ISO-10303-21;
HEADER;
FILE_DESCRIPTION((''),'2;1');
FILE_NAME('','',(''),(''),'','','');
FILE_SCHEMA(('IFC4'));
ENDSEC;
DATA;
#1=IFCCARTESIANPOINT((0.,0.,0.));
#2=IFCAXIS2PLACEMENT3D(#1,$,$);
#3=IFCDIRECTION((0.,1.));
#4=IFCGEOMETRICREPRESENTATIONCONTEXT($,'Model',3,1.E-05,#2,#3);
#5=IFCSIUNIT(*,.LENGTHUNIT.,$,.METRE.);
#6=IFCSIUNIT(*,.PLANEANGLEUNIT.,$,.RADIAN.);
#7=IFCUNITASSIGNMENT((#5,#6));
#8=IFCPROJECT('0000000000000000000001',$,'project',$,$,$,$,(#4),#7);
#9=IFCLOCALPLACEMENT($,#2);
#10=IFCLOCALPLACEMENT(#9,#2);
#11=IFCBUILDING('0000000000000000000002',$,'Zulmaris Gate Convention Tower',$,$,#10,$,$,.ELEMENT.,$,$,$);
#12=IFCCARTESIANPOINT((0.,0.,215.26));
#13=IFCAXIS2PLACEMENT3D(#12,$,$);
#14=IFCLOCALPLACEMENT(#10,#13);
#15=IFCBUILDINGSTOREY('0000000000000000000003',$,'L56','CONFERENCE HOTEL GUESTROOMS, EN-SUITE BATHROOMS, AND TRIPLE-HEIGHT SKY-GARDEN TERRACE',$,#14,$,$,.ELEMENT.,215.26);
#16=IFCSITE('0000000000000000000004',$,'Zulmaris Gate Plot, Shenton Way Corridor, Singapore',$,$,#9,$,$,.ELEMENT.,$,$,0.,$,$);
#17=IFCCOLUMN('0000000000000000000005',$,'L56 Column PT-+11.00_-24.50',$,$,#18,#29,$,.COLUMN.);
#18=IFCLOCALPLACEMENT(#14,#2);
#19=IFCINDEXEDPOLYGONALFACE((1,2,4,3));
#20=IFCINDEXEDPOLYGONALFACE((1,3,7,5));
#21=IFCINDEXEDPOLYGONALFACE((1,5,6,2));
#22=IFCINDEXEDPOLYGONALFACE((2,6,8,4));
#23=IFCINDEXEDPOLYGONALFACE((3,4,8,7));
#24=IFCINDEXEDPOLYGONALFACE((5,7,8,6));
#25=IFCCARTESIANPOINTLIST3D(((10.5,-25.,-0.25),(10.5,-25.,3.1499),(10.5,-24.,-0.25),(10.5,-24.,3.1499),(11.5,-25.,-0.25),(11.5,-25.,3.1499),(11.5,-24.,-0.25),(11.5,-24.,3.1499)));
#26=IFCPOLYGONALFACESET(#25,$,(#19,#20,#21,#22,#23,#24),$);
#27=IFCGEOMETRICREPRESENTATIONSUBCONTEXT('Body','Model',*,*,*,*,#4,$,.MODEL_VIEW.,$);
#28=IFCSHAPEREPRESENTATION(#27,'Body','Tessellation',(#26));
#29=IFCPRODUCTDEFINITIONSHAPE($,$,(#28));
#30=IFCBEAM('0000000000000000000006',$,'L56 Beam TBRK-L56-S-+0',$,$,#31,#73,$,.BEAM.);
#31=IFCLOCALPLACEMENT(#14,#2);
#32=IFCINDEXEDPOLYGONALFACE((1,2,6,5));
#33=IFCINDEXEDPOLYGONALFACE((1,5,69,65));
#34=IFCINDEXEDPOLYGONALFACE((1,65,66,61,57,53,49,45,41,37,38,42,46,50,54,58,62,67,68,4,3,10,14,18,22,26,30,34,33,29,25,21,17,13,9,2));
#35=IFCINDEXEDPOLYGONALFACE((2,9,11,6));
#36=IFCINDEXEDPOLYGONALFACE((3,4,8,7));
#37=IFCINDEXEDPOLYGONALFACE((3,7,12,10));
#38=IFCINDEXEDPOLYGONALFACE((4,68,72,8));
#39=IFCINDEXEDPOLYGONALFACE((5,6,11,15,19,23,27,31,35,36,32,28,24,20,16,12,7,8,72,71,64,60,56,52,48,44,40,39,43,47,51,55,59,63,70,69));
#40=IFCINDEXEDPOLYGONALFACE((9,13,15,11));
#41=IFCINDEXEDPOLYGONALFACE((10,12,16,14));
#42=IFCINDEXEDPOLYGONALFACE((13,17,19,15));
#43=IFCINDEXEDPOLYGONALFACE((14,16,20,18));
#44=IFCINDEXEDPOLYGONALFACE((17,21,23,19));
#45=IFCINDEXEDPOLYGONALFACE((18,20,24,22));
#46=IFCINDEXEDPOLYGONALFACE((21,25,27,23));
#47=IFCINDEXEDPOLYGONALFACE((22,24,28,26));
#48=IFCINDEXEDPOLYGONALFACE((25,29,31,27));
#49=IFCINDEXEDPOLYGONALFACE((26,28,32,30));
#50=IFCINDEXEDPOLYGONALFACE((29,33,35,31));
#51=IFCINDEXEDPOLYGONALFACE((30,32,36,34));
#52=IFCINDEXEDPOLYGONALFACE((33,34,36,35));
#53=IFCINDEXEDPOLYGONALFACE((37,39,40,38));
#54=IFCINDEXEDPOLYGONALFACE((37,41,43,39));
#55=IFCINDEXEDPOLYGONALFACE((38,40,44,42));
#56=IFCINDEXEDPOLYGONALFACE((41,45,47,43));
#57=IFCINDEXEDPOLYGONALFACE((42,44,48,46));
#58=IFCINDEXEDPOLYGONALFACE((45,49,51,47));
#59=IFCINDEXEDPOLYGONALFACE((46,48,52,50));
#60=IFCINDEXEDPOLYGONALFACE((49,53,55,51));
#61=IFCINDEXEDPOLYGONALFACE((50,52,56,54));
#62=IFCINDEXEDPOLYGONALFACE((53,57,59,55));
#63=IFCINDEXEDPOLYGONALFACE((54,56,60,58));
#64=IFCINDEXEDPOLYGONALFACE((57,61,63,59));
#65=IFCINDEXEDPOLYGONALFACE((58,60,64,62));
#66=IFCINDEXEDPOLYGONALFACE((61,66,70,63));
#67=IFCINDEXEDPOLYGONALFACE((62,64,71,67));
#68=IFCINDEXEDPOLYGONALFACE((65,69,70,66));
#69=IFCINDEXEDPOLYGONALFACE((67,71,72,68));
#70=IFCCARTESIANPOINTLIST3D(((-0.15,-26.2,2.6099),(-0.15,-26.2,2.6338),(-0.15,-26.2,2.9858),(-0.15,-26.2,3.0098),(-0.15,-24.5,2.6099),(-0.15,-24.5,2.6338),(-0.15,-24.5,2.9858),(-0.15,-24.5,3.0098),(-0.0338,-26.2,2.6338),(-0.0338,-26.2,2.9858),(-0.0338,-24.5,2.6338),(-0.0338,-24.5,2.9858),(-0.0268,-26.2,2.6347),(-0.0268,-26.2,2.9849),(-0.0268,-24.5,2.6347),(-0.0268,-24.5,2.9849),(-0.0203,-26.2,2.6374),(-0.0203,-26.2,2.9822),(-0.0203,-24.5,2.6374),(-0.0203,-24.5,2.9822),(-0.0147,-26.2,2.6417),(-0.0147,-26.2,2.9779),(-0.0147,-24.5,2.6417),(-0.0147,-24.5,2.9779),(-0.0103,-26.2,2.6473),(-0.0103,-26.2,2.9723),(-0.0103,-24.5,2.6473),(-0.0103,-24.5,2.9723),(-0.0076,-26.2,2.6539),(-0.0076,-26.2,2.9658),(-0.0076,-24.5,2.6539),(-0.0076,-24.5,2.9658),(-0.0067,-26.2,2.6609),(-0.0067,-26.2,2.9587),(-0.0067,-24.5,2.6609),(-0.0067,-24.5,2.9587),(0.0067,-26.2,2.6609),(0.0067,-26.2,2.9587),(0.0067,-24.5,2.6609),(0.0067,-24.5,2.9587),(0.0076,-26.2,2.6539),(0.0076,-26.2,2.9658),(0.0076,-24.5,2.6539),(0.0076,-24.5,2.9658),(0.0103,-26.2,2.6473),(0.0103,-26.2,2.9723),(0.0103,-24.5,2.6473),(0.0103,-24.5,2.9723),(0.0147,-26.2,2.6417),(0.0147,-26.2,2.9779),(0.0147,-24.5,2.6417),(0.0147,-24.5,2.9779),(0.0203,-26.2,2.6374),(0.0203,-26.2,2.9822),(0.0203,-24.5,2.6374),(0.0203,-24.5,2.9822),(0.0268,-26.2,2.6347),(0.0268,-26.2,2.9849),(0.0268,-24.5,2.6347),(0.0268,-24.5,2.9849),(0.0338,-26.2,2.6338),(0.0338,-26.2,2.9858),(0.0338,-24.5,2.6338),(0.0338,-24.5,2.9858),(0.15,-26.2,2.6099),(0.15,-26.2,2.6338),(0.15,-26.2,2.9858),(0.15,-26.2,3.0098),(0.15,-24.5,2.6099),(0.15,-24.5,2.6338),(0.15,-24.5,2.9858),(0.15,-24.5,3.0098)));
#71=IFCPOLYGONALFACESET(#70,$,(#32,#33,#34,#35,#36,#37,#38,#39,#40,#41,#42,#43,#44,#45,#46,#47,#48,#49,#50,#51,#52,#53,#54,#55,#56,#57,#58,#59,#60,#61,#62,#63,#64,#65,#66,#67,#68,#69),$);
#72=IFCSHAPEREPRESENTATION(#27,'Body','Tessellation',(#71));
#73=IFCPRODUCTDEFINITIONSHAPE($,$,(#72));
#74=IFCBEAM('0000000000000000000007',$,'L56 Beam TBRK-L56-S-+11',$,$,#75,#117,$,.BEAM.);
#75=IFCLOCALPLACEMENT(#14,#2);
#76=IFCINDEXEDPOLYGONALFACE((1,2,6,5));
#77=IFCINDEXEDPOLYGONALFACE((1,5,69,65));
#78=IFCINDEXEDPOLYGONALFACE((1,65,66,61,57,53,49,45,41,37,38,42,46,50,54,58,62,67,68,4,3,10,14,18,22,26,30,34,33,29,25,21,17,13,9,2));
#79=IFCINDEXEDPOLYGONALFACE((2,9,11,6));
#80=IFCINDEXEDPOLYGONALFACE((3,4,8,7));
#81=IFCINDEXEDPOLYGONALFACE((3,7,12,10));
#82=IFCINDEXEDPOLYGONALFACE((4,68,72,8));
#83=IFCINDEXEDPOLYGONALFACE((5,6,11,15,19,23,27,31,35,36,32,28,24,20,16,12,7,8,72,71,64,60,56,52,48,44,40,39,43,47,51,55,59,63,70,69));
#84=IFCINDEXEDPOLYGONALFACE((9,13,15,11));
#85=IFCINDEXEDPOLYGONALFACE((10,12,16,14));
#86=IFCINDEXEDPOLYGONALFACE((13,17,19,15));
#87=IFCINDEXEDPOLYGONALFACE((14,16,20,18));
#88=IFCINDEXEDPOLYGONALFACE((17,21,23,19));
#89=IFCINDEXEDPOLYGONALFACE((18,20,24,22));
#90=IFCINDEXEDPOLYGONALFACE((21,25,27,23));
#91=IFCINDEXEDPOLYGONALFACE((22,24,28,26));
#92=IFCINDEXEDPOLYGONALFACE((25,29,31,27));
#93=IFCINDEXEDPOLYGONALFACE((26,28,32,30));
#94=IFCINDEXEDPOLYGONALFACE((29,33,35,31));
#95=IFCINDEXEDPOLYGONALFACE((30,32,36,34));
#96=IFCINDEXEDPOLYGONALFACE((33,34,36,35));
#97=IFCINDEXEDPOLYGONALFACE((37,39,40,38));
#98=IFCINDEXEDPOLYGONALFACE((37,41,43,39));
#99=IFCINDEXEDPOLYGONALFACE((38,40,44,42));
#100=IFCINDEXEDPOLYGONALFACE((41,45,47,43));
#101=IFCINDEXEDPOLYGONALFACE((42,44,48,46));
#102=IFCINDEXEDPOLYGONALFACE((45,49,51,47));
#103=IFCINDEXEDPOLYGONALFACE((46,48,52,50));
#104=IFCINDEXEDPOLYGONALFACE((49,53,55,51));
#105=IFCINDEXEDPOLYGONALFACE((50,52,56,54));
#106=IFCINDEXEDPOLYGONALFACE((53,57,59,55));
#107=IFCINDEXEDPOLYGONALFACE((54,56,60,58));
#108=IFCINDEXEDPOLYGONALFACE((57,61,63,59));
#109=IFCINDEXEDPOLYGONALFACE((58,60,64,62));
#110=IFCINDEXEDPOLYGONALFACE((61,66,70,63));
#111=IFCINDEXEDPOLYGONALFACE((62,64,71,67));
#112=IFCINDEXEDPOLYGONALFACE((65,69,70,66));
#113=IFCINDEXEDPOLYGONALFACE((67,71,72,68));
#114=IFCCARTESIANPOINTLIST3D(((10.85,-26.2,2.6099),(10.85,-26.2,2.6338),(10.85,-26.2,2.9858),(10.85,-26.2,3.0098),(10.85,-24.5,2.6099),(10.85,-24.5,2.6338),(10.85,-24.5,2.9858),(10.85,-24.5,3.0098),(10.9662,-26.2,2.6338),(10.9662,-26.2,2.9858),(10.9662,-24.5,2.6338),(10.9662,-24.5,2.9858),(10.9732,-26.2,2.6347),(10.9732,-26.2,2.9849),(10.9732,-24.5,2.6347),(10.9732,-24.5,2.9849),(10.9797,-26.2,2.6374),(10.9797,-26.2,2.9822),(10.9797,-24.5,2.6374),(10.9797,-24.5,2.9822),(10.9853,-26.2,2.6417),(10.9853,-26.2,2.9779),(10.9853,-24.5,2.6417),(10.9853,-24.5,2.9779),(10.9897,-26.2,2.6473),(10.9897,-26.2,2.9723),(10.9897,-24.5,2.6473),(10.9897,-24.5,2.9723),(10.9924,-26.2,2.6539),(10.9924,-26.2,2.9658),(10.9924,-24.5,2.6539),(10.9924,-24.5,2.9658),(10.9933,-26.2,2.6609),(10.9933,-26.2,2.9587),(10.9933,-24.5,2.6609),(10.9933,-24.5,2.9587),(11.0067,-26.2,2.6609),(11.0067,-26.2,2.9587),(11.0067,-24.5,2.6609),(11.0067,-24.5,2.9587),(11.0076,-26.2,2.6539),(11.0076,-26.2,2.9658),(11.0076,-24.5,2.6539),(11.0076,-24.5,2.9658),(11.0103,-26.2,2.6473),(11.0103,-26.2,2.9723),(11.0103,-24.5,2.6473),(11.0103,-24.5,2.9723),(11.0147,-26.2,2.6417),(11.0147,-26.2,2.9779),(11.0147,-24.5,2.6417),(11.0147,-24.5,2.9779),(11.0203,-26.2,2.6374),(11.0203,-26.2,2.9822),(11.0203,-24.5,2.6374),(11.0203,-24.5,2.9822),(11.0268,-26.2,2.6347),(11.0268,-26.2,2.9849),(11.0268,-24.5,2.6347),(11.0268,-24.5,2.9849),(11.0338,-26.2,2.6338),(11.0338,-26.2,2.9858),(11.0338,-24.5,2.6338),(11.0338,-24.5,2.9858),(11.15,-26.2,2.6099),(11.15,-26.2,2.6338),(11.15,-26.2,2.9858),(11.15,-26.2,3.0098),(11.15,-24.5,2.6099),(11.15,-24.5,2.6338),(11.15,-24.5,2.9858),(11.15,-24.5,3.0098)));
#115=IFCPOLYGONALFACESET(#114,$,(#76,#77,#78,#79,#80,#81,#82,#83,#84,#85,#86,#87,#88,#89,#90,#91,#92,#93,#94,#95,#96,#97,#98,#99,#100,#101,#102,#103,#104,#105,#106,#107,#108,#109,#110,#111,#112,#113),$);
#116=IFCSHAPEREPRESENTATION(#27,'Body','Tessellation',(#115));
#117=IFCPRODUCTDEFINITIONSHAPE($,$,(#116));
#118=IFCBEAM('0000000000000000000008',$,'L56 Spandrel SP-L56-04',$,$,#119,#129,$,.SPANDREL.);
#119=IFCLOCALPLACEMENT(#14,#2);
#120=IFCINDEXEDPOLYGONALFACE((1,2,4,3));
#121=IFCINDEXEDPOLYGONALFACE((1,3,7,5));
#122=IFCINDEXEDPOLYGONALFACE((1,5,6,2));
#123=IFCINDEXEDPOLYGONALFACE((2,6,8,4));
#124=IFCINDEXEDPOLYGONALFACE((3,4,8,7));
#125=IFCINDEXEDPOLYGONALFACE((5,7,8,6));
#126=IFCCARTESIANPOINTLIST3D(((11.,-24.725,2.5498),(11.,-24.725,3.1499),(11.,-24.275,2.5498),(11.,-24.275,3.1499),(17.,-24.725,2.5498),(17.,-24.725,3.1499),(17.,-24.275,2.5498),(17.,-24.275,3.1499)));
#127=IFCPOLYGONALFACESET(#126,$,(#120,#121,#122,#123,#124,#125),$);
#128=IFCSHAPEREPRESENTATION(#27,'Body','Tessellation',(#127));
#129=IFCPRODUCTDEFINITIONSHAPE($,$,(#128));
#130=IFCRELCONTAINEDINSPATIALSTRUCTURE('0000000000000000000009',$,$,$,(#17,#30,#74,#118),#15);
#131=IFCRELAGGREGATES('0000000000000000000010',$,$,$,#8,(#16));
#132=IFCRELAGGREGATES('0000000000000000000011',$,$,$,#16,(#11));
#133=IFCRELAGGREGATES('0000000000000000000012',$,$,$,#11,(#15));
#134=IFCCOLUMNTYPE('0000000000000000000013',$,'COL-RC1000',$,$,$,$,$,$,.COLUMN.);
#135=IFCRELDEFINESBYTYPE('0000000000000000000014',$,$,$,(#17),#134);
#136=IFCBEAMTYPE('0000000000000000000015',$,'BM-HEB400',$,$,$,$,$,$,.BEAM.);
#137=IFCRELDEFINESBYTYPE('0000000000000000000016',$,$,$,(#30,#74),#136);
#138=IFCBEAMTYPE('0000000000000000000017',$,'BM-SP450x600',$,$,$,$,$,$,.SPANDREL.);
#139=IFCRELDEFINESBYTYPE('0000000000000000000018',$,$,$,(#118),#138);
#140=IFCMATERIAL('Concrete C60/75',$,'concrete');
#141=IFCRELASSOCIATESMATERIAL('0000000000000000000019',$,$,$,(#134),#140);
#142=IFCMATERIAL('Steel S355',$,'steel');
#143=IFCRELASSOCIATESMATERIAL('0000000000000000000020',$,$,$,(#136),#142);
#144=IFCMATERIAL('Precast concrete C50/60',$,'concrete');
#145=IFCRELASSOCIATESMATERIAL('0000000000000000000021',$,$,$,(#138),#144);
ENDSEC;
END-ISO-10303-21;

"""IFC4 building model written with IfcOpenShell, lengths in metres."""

from ifc_helpers import new_model, si_unit, direction, frame, origin, origin_2d, place, context, subcontext, project, spatial, rectangle, i_section, extrude, material, material_profile, profile_set, type_object, element, save


model = new_model("IFC4")

# Units and contexts
model_context = context("Model", 3, precision=1e-05, world=origin(), true_north=direction((0.0, 1.0)))
body_context = subcontext(model_context, "Body", "Model", "MODEL_VIEW")
ifc_project = project(units=[si_unit("LENGTHUNIT", "METRE"), si_unit("PLANEANGLEUNIT", "RADIAN")], contexts=[model_context])

# Site, building, storey
site_placement = place(None, origin())
site = spatial("IfcSite", under=ifc_project, at=site_placement, Name="Zulmaris Gate Plot, Shenton Way Corridor, Singapore", CompositionType="ELEMENT", RefElevation=0.0)
building_placement = place(site_placement, origin())
building = spatial("IfcBuilding", under=site, at=building_placement, Name="Zulmaris Gate Convention Tower", CompositionType="ELEMENT")
storey_placement = place(building_placement, frame((0.0, 0.0, 215.26)))
storey = spatial("IfcBuildingStorey", under=building, at=storey_placement, Name="L56", Description="CONFERENCE HOTEL GUESTROOMS, EN-SUITE BATHROOMS, AND TRIPLE-HEIGHT SKY-GARDEN TERRACE", CompositionType="ELEMENT", Elevation=215.26)

# Column
ifc_material_1 = material(Name="Concrete C60/75", Category="concrete")
ifc_material_profile_1 = material_profile(ifc_material_1, rectangle(XDim=1.0, YDim=1.0, at=origin_2d()), Name="RC COL 1000x1000")
ifc_profile_set_1 = profile_set([ifc_material_profile_1], Name="Concrete C60/75")
column_type = type_object("IfcColumnType", Name="COL-RC1000", PredefinedType="COLUMN", material=ifc_profile_set_1)
column_placement = place(storey_placement, frame((11.0, -24.5, -0.25), z_axis=(0.0, 0.0, 1.0), x_axis=(1.0, 0.0, 0.0)))
element("IfcColumn", 1, at=column_placement, inside=storey, type_object=column_type, Name="L56 Column PT-+11.00_-24.50", PredefinedType="COLUMN", context=body_context, shape_type="SweptSolid", body=[
    extrude(rectangle(XDim=1.0, YDim=1.0, at=origin_2d()), origin(), (0.0, 0.0, 1.0), 3.3999),
])

# Beams
ifc_material_2 = material(Name="Steel S355", Category="steel")
ifc_material_profile_2 = material_profile(ifc_material_2, i_section(OverallWidth=0.3, OverallDepth=0.3999, WebThickness=0.0134, FlangeThickness=0.0239, FilletRadius=0.0271, at=origin_2d()), Name="HEB 400")
ifc_profile_set_2 = profile_set([ifc_material_profile_2], Name="Steel S355")
beam_type_1 = type_object("IfcBeamType", Name="BM-HEB400", PredefinedType="BEAM", material=ifc_profile_set_2)
for number, where, z_axis, x_axis, name in (
    (2, (0.0, -26.2, 2.8098), (0.0, 1.0, 0.0), (-1.0, 0.0, 0.0), "L56 Beam TBRK-L56-S-+0"),
    (3, (11.0, -26.2, 2.8098), (0.0, 1.0, 0.0), (-1.0, 0.0, 0.0), "L56 Beam TBRK-L56-S-+11"),
):
    element("IfcBeam", number, at=place(storey_placement, frame(where, z_axis=z_axis, x_axis=x_axis)), inside=storey, type_object=beam_type_1, Name=name, PredefinedType="BEAM", context=body_context, shape_type="SweptSolid", body=[
        extrude(i_section(OverallWidth=0.3, OverallDepth=0.3999, WebThickness=0.0134, FlangeThickness=0.0239, FilletRadius=0.0271, at=origin_2d()), origin(), (0.0, 0.0, 1.0), 1.7),
    ])
ifc_material_3 = material(Name="Precast concrete C50/60", Category="concrete")
ifc_material_profile_3 = material_profile(ifc_material_3, rectangle(XDim=0.45, YDim=0.6001, at=origin_2d()), Name="RC SPANDREL 450x600")
ifc_profile_set_3 = profile_set([ifc_material_profile_3], Name="Precast concrete C50/60")
beam_type_2 = type_object("IfcBeamType", Name="BM-SP450x600", PredefinedType="SPANDREL", material=ifc_profile_set_3)
beam_placement = place(storey_placement, frame((11.0, -24.5, 2.8499), z_axis=(1.0, 0.0, 0.0), x_axis=(0.0, 1.0, 0.0)))
element("IfcBeam", 4, at=beam_placement, inside=storey, type_object=beam_type_2, Name="L56 Spandrel SP-L56-04", PredefinedType="SPANDREL", context=body_context, shape_type="SweptSolid", body=[
    extrude(rectangle(XDim=0.45, YDim=0.6001, at=origin_2d()), origin(), (0.0, 0.0, 1.0), 6.0),
])

save(model, "model.ifc")
